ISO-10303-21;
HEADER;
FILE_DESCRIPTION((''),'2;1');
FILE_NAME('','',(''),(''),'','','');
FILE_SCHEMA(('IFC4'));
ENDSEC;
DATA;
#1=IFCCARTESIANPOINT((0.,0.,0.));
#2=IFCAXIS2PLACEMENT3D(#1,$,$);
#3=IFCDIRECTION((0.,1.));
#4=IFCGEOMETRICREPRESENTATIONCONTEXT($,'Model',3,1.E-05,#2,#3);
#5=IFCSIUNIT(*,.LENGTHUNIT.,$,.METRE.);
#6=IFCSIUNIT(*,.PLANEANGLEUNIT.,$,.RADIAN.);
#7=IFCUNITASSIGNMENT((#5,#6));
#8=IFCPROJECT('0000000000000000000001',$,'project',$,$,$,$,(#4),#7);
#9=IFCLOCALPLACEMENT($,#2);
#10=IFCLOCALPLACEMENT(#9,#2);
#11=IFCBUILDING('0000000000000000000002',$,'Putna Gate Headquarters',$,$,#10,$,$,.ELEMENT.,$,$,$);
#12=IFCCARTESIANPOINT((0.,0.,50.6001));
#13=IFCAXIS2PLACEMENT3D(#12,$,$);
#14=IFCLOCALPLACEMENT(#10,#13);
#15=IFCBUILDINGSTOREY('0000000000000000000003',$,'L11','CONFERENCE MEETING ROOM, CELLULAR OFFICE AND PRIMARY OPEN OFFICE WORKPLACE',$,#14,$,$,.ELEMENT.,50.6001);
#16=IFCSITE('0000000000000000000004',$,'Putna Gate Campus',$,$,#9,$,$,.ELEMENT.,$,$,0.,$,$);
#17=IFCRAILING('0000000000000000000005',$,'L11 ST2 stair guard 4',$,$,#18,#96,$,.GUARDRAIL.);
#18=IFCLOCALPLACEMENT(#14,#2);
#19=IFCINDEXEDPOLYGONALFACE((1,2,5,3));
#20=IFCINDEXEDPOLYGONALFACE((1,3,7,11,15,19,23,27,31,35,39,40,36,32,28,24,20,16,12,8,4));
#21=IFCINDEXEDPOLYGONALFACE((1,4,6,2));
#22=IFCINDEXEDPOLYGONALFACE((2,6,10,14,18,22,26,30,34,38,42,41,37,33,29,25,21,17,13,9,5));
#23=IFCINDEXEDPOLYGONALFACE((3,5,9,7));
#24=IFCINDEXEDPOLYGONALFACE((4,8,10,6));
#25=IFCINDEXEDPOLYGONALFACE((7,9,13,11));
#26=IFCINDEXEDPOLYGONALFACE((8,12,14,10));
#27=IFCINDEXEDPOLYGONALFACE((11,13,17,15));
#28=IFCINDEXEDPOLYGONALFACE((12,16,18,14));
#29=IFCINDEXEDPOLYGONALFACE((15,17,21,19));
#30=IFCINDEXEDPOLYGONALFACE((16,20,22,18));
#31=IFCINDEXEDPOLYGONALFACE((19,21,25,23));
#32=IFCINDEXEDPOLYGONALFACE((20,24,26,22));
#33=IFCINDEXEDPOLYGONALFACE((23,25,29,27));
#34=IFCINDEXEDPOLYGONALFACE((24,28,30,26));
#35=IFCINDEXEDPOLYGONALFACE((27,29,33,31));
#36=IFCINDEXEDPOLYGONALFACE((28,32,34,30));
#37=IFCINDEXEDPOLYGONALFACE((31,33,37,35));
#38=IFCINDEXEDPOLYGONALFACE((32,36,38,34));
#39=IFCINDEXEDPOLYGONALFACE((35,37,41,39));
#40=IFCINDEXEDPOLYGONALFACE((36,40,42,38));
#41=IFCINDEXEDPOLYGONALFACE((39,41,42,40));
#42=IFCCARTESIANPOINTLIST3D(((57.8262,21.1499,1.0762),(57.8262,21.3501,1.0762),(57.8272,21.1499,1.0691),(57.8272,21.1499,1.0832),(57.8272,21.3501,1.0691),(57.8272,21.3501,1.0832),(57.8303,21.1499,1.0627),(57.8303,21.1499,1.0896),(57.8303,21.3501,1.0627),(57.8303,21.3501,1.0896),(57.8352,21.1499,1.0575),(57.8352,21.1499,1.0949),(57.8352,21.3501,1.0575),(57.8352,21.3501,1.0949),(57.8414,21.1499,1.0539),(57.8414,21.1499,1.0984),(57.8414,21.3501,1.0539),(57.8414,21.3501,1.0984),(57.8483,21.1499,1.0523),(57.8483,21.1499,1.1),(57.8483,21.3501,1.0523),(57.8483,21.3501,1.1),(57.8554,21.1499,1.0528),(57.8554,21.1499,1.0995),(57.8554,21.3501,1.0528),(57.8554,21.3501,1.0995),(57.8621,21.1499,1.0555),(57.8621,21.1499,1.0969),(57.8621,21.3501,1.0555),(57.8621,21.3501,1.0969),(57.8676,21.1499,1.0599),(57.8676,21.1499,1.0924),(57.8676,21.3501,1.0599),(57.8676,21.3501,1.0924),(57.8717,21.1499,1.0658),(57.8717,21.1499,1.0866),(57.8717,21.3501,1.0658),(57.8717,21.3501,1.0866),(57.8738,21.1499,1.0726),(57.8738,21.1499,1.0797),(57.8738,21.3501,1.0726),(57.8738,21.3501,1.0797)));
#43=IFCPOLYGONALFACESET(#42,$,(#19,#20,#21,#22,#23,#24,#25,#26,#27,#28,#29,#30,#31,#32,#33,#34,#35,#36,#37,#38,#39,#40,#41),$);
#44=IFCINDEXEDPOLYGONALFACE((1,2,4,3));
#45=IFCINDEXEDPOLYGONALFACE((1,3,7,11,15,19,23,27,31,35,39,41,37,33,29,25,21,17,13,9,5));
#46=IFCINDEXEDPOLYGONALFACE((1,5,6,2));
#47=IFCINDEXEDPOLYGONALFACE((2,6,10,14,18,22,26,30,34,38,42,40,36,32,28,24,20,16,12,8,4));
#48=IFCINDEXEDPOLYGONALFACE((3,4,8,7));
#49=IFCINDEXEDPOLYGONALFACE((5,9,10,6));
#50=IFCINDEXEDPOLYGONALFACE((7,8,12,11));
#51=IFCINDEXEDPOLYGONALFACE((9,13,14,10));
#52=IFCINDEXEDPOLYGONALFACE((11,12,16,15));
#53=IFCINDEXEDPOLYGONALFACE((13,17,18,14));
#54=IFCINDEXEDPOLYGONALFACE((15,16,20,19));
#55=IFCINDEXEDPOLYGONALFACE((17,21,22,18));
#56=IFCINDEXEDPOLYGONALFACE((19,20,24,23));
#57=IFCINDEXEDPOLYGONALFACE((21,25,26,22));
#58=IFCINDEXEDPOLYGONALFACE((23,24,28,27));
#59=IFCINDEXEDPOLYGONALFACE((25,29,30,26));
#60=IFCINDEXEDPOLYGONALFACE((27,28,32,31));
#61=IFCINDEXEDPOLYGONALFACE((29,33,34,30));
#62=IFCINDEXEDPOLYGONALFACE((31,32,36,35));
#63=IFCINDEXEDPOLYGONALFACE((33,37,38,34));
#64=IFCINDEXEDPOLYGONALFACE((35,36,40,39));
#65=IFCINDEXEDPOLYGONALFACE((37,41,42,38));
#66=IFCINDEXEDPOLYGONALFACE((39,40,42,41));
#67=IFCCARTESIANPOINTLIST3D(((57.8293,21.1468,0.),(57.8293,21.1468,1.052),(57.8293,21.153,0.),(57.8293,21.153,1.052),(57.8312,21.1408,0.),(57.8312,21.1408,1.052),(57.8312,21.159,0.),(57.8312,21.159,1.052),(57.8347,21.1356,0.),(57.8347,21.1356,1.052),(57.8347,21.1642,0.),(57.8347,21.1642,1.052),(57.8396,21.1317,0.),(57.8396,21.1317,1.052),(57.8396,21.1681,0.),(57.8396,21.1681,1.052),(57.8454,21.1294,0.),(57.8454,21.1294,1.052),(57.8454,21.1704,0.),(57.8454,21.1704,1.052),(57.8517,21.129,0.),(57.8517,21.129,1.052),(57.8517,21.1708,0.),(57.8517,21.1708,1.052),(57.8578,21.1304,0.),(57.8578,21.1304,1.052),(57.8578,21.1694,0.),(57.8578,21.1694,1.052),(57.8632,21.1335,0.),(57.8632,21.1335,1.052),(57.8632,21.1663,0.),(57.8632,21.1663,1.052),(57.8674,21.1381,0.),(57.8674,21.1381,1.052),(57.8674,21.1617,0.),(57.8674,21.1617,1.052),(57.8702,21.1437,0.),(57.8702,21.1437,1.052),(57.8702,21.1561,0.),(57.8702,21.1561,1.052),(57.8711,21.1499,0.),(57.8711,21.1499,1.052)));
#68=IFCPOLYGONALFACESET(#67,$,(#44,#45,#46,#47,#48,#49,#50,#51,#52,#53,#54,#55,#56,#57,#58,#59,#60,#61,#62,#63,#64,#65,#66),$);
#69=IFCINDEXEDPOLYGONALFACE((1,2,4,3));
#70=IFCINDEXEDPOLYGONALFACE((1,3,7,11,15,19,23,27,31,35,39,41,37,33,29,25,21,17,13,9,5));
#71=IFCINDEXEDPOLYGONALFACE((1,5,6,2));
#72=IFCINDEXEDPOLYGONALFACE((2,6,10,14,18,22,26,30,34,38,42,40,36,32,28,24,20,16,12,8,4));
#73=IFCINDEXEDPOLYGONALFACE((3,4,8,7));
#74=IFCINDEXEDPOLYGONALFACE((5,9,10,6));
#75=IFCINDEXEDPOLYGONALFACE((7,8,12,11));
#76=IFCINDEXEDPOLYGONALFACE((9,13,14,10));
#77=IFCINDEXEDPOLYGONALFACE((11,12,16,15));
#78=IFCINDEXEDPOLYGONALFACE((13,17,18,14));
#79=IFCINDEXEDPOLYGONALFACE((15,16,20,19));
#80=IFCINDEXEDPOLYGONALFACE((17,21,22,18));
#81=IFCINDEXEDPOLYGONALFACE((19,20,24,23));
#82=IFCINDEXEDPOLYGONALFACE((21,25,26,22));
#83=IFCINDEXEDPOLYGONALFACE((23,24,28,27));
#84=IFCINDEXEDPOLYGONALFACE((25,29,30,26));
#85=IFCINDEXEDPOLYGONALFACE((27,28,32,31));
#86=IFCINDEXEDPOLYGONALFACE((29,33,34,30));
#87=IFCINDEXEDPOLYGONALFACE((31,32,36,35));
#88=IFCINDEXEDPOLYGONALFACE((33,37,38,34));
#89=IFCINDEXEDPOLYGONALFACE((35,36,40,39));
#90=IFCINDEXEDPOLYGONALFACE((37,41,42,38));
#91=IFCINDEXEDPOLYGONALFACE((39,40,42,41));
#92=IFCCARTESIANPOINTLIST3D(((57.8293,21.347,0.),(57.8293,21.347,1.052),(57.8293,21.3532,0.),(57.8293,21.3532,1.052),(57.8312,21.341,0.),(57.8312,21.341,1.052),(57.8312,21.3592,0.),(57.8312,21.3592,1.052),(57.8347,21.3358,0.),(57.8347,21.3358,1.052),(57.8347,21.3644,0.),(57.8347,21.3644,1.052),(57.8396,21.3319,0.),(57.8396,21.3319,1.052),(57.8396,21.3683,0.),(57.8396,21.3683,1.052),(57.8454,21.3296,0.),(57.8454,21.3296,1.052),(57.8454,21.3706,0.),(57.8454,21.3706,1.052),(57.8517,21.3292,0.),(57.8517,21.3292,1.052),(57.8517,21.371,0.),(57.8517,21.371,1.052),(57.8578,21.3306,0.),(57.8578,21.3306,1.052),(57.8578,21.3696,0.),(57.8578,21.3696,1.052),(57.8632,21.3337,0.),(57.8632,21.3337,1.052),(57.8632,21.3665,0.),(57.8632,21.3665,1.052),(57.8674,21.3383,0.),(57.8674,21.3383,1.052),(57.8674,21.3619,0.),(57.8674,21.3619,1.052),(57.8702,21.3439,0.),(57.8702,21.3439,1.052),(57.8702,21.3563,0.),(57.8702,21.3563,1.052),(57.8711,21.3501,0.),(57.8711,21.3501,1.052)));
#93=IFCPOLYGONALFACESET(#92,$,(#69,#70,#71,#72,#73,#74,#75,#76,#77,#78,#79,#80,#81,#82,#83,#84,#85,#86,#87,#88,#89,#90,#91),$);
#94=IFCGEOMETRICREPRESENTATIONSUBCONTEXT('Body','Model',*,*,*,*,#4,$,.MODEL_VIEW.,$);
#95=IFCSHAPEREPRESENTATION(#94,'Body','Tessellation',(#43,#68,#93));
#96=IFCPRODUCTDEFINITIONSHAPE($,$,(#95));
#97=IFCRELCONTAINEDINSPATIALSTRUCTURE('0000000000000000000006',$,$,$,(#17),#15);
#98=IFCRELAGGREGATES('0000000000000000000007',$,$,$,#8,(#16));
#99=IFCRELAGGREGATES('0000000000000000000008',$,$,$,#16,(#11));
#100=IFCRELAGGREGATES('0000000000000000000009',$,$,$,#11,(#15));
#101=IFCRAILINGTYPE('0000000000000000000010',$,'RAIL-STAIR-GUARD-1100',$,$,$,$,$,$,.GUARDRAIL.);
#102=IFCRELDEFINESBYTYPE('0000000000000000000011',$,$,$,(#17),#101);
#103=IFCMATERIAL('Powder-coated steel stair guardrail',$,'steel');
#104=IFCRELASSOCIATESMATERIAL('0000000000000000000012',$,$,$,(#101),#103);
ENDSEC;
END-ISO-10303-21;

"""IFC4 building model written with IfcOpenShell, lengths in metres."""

from ifc_helpers import new_model, si_unit, direction, frame, origin, origin_2d, place, context, subcontext, project, spatial, circle, extrude, material, type_object, element, save


model = new_model("IFC4")

# Units and contexts
model_context = context("Model", 3, precision=1e-05, world=origin(), true_north=direction((0.0, 1.0)))
body_context = subcontext(model_context, "Body", "Model", "MODEL_VIEW")
ifc_project = project(units=[si_unit("LENGTHUNIT", "METRE"), si_unit("PLANEANGLEUNIT", "RADIAN")], contexts=[model_context])

# Site, building, storey
site_placement = place(None, origin())
site = spatial("IfcSite", under=ifc_project, at=site_placement, Name="Putna Gate Campus", CompositionType="ELEMENT", RefElevation=0.0)
building_placement = place(site_placement, origin())
building = spatial("IfcBuilding", under=site, at=building_placement, Name="Putna Gate Headquarters", CompositionType="ELEMENT")
storey_placement = place(building_placement, frame((0.0, 0.0, 50.6001)))
storey = spatial("IfcBuildingStorey", under=building, at=storey_placement, Name="L11", Description="CONFERENCE MEETING ROOM, CELLULAR OFFICE AND PRIMARY OPEN OFFICE WORKPLACE", CompositionType="ELEMENT", Elevation=50.6001)

# Railing
ifc_material_1 = material(Name="Powder-coated steel stair guardrail", Category="steel")
railing_type_1 = type_object("IfcRailingType", Name="RAIL-STAIR-GUARD-1100", PredefinedType="GUARDRAIL", material=ifc_material_1)
railing_1_placement = place(storey_placement, frame((57.8501, 21.1499, 0.0)))
element("IfcRailing", 1, at=railing_1_placement, inside=storey, type_object=railing_type_1, Name="L11 ST2 stair guard 4", PredefinedType="GUARDRAIL", context=body_context, shape_type="SweptSolid", body=[
    extrude(circle(Radius=0.0239, at=origin_2d()), frame((0.0, 0.0, 1.0762), z_axis=(0.0, 1.0, 0.0), x_axis=(-1.0, 0.0, 0.0)), (0.0, 0.0, 1.0), 0.2002),
    extrude(circle(Radius=0.021, at=origin_2d()), origin(), (0.0, 0.0, 1.0), 1.052),
    extrude(circle(Radius=0.021, at=origin_2d()), frame((0.0, 0.2002, 0.0)), (0.0, 0.0, 1.0), 1.052),
])

save(model, "model.ifc")
